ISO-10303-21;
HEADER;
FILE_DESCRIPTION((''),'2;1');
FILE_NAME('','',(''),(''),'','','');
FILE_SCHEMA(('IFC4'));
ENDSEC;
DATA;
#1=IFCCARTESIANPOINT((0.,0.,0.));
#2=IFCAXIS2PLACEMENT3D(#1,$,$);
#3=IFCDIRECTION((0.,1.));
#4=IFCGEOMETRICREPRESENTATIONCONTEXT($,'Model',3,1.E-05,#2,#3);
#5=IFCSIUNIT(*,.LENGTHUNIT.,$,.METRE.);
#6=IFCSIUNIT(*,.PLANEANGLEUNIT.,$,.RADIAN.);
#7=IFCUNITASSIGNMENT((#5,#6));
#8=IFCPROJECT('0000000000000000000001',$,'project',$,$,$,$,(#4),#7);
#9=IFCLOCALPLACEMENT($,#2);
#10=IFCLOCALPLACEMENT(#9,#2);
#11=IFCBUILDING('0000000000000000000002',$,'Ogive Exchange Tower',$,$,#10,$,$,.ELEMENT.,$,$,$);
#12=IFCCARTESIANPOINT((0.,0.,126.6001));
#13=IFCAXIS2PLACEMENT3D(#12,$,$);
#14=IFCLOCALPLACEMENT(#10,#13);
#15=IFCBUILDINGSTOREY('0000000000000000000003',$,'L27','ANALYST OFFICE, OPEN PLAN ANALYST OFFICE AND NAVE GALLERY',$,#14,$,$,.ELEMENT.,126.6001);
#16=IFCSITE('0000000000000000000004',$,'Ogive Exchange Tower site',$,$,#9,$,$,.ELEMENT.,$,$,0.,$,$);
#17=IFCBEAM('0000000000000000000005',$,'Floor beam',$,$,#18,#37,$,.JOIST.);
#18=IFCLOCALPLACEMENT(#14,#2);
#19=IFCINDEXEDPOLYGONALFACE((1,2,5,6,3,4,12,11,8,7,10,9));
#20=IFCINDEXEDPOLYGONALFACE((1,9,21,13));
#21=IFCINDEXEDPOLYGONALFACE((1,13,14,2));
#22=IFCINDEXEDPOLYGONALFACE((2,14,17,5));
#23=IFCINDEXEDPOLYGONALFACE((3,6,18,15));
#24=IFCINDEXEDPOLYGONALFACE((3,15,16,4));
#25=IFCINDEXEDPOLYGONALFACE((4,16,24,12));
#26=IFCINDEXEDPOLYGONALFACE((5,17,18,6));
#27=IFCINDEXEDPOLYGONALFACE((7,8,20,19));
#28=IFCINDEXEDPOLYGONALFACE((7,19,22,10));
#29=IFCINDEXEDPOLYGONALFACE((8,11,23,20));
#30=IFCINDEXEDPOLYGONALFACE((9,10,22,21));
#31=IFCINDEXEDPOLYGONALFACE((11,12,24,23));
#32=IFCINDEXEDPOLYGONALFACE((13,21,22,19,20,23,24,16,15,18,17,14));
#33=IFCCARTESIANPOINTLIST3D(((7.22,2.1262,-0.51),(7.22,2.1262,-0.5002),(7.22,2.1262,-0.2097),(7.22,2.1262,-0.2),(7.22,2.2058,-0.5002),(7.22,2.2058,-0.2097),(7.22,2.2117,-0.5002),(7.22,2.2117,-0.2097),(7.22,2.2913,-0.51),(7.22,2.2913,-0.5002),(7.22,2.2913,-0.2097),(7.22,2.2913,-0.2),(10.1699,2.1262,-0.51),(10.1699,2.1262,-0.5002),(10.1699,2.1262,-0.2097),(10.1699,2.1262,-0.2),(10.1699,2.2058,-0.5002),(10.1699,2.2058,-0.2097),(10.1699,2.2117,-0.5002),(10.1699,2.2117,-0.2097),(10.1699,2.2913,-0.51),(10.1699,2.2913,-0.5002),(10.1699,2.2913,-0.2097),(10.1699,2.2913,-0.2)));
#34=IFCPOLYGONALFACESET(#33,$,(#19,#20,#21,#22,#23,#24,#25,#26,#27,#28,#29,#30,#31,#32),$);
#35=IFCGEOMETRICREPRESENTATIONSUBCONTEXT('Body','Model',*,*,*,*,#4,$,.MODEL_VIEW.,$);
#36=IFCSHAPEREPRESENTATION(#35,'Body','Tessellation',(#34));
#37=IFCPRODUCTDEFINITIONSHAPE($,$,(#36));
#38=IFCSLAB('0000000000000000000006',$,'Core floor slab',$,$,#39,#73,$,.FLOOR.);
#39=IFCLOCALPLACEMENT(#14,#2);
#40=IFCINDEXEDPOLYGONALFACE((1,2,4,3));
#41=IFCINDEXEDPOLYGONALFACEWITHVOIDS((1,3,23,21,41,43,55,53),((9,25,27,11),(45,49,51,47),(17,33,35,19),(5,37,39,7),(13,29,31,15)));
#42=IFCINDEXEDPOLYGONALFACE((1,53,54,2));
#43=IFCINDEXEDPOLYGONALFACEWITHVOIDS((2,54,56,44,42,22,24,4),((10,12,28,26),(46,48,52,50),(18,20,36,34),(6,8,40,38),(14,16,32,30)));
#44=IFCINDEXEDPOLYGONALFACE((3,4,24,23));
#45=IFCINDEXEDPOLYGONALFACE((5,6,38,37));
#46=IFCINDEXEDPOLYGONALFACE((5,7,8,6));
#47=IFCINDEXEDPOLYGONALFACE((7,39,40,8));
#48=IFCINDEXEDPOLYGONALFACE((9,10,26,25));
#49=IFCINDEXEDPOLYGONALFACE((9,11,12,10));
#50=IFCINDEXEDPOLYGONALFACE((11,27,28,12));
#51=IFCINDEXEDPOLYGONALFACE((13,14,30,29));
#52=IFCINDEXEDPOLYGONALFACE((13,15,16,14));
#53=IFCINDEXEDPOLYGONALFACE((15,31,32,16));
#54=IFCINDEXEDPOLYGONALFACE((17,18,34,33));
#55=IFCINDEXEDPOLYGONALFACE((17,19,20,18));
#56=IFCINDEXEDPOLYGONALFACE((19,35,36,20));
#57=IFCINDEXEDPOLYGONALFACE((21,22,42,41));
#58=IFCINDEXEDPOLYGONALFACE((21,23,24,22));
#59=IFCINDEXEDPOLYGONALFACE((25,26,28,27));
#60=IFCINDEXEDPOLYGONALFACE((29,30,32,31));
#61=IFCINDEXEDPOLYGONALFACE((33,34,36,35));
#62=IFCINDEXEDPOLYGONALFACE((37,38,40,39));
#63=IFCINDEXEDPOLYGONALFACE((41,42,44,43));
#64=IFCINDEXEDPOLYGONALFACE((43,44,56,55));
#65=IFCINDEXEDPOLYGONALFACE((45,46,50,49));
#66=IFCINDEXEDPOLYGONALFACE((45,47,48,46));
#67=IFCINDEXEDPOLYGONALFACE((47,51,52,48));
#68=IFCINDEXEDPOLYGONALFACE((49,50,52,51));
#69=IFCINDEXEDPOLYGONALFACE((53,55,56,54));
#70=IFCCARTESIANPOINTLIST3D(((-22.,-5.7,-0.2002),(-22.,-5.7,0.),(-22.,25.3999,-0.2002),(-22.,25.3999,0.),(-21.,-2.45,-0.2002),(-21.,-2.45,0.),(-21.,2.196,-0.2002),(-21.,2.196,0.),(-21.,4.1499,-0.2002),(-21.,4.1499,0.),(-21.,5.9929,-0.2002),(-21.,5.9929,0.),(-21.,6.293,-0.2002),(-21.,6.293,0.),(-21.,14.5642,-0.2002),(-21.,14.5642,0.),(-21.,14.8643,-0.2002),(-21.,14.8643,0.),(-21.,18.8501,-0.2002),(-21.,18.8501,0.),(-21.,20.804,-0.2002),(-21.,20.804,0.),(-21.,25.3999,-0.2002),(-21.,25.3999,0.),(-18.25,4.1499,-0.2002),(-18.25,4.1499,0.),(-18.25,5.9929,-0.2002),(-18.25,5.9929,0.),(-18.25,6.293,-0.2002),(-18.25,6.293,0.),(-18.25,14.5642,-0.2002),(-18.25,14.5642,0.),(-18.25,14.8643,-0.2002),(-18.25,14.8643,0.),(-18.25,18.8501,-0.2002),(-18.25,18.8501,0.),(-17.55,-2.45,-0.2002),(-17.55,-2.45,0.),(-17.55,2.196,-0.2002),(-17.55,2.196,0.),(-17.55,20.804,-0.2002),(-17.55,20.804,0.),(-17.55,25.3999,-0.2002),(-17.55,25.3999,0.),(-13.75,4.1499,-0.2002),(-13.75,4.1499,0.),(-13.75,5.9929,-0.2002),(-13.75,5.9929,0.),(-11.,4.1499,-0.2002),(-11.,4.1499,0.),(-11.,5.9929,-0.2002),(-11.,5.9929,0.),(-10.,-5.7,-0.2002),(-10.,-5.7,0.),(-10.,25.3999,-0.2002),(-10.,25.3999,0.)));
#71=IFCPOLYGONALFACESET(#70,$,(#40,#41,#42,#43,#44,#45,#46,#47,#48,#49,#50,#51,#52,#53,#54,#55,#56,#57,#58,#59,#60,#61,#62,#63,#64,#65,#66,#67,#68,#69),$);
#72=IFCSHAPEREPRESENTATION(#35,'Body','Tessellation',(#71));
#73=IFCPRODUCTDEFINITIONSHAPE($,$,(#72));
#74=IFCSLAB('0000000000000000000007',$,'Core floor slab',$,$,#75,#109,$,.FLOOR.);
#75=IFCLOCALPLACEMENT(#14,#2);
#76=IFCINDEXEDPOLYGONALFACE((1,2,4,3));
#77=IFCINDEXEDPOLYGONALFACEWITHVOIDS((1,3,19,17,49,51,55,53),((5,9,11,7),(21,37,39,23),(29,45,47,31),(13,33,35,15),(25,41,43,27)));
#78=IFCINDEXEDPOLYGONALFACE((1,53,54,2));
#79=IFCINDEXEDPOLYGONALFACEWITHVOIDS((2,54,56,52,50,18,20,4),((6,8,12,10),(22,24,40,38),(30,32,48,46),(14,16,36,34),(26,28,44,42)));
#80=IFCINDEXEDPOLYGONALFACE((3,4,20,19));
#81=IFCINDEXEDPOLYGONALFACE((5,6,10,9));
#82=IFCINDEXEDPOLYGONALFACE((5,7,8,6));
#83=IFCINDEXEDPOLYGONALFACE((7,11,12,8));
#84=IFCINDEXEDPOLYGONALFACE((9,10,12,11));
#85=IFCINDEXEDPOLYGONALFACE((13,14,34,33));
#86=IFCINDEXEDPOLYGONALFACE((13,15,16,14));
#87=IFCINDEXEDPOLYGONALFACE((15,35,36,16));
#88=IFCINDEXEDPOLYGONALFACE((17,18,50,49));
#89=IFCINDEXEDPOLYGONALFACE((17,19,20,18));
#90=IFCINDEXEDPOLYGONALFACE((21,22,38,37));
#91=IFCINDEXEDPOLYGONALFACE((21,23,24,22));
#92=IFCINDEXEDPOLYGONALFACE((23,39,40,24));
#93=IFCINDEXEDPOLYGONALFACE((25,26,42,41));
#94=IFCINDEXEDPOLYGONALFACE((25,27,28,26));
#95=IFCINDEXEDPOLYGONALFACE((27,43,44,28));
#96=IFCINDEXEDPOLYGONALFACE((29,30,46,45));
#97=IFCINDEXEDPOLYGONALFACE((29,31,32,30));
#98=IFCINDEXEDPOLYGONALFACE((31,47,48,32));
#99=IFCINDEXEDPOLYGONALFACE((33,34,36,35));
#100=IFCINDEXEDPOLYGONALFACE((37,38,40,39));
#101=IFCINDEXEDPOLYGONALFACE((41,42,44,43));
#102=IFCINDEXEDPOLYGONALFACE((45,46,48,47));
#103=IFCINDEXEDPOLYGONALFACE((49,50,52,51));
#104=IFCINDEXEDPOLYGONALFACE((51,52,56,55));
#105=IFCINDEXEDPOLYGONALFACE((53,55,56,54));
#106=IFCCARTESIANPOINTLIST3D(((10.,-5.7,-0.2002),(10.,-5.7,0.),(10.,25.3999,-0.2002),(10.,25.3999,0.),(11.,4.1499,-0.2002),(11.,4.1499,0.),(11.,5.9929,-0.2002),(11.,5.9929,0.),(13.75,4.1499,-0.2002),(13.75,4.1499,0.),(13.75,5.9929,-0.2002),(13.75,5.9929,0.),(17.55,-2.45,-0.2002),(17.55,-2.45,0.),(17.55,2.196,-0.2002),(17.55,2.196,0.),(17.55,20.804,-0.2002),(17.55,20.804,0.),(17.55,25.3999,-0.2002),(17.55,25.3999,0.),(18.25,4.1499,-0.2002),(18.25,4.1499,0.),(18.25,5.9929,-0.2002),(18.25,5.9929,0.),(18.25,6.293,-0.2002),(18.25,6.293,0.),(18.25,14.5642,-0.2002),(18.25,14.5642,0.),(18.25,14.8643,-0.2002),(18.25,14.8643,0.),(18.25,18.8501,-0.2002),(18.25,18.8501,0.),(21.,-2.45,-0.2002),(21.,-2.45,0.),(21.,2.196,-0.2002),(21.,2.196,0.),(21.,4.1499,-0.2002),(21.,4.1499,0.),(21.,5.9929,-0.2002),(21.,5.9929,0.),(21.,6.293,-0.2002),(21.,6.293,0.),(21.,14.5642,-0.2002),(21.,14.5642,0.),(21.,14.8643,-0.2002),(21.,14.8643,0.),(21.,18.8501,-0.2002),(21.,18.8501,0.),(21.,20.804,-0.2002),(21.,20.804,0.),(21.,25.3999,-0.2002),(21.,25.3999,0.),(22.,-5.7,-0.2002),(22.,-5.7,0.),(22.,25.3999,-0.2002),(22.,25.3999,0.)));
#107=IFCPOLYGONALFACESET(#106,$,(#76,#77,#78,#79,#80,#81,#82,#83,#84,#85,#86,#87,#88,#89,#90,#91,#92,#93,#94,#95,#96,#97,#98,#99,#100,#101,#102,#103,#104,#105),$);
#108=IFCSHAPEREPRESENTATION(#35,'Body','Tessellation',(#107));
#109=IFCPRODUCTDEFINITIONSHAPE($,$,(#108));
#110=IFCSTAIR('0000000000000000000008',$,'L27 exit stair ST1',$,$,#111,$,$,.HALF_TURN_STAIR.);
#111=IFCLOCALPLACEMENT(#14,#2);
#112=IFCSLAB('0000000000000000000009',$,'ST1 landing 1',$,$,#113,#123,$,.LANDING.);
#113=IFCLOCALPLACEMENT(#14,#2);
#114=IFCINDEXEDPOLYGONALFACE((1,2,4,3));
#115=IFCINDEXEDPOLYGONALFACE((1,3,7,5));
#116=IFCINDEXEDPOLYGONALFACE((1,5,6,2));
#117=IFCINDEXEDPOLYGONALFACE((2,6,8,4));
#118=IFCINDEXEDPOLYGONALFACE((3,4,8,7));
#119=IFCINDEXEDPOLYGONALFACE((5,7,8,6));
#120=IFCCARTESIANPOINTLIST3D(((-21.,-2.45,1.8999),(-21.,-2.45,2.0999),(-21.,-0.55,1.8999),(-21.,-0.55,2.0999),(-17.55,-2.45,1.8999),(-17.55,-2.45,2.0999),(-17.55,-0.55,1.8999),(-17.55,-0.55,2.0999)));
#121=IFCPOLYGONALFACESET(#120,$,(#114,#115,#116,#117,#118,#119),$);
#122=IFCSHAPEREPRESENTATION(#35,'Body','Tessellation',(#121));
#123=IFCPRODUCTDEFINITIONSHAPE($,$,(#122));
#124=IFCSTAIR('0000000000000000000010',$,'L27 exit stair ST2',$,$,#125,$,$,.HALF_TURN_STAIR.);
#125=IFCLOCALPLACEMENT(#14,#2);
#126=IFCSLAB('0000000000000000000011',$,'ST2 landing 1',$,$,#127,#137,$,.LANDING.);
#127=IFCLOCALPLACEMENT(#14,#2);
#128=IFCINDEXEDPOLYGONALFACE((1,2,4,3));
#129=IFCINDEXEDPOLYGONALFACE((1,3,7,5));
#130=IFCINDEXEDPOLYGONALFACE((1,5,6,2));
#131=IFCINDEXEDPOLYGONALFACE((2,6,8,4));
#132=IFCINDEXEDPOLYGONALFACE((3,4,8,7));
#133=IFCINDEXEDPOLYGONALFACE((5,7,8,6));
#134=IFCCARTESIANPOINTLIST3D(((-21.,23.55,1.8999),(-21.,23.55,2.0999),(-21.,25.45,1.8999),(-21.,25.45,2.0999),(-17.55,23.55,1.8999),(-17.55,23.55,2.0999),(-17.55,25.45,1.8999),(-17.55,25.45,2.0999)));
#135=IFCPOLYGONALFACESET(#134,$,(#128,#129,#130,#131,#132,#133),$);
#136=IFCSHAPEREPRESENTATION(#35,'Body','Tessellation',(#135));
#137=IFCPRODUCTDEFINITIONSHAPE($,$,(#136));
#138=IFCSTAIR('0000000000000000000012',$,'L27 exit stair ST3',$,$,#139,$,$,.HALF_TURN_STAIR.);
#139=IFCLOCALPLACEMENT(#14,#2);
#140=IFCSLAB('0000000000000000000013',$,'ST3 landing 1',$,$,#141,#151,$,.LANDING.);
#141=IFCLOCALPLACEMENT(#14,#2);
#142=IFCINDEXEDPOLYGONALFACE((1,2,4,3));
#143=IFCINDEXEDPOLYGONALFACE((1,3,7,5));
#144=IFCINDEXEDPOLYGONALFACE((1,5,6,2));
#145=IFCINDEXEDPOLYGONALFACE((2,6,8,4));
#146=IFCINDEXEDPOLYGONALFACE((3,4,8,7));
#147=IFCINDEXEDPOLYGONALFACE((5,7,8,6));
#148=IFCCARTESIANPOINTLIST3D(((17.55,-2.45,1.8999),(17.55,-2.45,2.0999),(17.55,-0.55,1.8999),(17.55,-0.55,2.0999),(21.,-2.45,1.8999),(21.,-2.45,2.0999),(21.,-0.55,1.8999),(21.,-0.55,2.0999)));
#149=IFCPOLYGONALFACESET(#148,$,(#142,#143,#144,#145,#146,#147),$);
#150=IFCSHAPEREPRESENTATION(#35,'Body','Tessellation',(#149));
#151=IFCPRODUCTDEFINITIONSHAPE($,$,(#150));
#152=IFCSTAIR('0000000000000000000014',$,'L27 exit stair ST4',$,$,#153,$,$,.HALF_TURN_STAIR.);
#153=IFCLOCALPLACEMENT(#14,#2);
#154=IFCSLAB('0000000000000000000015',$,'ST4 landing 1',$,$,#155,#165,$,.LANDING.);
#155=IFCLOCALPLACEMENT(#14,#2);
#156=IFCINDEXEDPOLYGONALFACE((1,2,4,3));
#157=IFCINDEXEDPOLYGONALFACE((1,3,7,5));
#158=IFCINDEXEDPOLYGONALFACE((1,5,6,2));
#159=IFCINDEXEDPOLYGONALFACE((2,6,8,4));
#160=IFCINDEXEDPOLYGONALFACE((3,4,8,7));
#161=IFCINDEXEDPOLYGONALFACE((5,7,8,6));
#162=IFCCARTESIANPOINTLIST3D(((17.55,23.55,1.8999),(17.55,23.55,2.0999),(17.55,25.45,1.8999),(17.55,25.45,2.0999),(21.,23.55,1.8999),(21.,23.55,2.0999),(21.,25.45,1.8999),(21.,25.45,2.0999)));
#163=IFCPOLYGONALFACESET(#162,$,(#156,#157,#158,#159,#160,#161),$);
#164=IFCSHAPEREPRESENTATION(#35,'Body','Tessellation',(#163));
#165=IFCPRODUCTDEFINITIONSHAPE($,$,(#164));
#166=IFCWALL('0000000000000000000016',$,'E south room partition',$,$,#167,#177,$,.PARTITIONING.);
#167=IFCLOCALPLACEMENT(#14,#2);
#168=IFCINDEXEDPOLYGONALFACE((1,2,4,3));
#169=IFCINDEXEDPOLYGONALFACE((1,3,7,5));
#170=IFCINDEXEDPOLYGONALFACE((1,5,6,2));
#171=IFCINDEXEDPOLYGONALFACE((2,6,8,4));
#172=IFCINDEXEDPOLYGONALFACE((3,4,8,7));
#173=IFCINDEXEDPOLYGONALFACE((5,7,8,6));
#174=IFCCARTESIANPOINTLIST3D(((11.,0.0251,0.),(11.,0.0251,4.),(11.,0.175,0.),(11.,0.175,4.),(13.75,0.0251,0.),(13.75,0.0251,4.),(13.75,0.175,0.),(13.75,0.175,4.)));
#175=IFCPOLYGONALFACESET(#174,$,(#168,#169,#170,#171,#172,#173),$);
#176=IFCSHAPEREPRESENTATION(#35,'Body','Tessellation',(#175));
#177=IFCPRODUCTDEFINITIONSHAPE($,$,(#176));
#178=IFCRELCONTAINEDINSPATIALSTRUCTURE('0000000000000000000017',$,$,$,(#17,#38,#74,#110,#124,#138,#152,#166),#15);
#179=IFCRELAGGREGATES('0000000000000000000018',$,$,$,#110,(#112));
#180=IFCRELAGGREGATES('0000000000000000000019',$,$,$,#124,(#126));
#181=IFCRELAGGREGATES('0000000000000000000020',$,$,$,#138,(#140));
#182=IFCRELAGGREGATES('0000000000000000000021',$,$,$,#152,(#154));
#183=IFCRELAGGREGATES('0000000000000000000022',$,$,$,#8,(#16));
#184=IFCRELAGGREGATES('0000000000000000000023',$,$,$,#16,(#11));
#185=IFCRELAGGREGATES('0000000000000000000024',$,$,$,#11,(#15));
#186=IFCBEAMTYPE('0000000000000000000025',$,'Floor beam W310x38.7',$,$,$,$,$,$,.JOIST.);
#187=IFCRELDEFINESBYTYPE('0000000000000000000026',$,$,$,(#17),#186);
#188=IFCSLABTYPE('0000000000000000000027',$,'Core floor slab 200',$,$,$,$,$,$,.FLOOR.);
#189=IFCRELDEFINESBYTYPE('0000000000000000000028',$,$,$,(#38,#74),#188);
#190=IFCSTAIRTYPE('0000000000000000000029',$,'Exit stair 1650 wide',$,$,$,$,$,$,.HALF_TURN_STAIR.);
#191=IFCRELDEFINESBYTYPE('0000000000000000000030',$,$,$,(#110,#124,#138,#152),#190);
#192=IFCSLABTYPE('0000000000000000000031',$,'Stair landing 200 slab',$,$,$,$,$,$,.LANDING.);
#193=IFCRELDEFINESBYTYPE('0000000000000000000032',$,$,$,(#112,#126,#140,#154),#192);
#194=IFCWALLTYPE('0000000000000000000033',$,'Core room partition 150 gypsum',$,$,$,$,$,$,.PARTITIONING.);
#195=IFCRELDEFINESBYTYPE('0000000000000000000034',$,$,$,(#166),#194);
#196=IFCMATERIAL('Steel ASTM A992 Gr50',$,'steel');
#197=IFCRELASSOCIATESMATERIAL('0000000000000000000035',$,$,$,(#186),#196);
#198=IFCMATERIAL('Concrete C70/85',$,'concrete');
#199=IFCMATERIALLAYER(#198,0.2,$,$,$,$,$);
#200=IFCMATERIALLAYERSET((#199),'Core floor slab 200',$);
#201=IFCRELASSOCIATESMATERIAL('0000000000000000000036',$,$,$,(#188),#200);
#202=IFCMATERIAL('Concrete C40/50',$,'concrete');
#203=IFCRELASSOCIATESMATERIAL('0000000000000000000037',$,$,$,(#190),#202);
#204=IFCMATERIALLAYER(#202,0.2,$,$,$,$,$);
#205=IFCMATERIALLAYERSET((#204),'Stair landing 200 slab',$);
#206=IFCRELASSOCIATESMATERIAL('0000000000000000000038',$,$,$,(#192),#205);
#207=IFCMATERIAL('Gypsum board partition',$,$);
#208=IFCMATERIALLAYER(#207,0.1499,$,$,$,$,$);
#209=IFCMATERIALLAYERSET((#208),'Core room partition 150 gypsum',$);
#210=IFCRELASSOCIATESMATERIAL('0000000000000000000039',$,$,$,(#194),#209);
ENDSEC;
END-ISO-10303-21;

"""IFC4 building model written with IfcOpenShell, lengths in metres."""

from ifc_helpers import new_model, si_unit, direction, frame, frame_2d, origin, origin_2d, place, context, subcontext, project, spatial, polyline, rectangle, i_section, outline, extrude, material, layer, layer_set, material_profile, profile_set, type_object, element, aggregate, save


model = new_model("IFC4")

# Units and contexts
model_context = context("Model", 3, precision=1e-05, world=origin(), true_north=direction((0.0, 1.0)))
body_context = subcontext(model_context, "Body", "Model", "MODEL_VIEW")
ifc_project = project(units=[si_unit("LENGTHUNIT", "METRE"), si_unit("PLANEANGLEUNIT", "RADIAN")], contexts=[model_context])

# Site, building, storey
site_placement = place(None, origin())
site = spatial("IfcSite", under=ifc_project, at=site_placement, Name="Ogive Exchange Tower site", CompositionType="ELEMENT", RefElevation=0.0)
building_placement = place(site_placement, origin())
building = spatial("IfcBuilding", under=site, at=building_placement, Name="Ogive Exchange Tower", CompositionType="ELEMENT")
storey_placement = place(building_placement, frame((0.0, 0.0, 126.6001)))
storey = spatial("IfcBuildingStorey", under=building, at=storey_placement, Name="L27", Description="ANALYST OFFICE, OPEN PLAN ANALYST OFFICE AND NAVE GALLERY", CompositionType="ELEMENT", Elevation=126.6001)

# Beam
ifc_material_1 = material(Name="Steel ASTM A992 Gr50", Category="steel")
ifc_material_profile = material_profile(ifc_material_1, i_section(OverallWidth=0.165, OverallDepth=0.3101, WebThickness=0.0059, FlangeThickness=0.0098, at=origin_2d()), Name="W310x38.7")
ifc_profile_set = profile_set([ifc_material_profile], Name="Steel ASTM A992 Gr50")
beam_type = type_object("IfcBeamType", Name="Floor beam W310x38.7", PredefinedType="JOIST", material=ifc_profile_set)
beam_placement = place(storey_placement, frame((7.22, 2.2087, -0.355), z_axis=(1.0, 0.0, 0.0), x_axis=(0.0, 1.0, 0.0)))
element("IfcBeam", 1, at=beam_placement, inside=storey, type_object=beam_type, Name="Floor beam", PredefinedType="JOIST", context=body_context, shape_type="SweptSolid", body=[
    extrude(i_section(OverallWidth=0.165, OverallDepth=0.3101, WebThickness=0.0059, FlangeThickness=0.0098, at=origin_2d()), origin(), (0.0, 0.0, 1.0), 2.95),
])

# Slabs
ifc_material_2 = material(Name="Concrete C70/85", Category="concrete")
ifc_layer_1 = layer(ifc_material_2, 0.2)
ifc_layer_set_1 = layer_set([ifc_layer_1], Name="Core floor slab 200")
slab_type_1 = type_object("IfcSlabType", Name="Core floor slab 200", PredefinedType="FLOOR", material=ifc_layer_set_1)
slab_1_placement = place(storey_placement, frame((0.0, 0.0, -0.2002)))
element("IfcSlab", 2, at=slab_1_placement, inside=storey, type_object=slab_type_1, Name="Core floor slab", PredefinedType="FLOOR", context=body_context, shape_type="SweptSolid", body=[
    extrude(outline(polyline([(-10.0, 25.3999), (-10.0, -5.7), (-22.0, -5.7), (-22.0, 25.3999), (-21.0, 25.3999), (-21.0, 20.804), (-17.55, 20.804), (-17.55, 25.3999), (-10.0, 25.3999)]), holes=[polyline([(-17.55, 2.196), (-21.0, 2.196), (-21.0, -2.45), (-17.55, -2.45), (-17.55, 2.196)]), polyline([(-18.25, 5.9929), (-21.0, 5.9929), (-21.0, 4.1499), (-18.25, 4.1499), (-18.25, 5.9929)]), polyline([(-11.0, 5.9929), (-13.75, 5.9929), (-13.75, 4.1499), (-11.0, 4.1499), (-11.0, 5.9929)]), polyline([(-21.0, 14.5642), (-21.0, 6.293), (-18.25, 6.293), (-18.25, 14.5642), (-21.0, 14.5642)]), polyline([(-18.25, 18.8501), (-21.0, 18.8501), (-21.0, 14.8643), (-18.25, 14.8643), (-18.25, 18.8501)])]), origin(), (0.0, 0.0, 1.0), 0.2002),
])
slab_2_placement = place(storey_placement, frame((0.0, 0.0, -0.2002)))
element("IfcSlab", 3, at=slab_2_placement, inside=storey, type_object=slab_type_1, Name="Core floor slab", PredefinedType="FLOOR", context=body_context, shape_type="SweptSolid", body=[
    extrude(outline(polyline([(22.0, 25.3999), (22.0, -5.7), (10.0, -5.7), (10.0, 25.3999), (17.55, 25.3999), (17.55, 20.804), (21.0, 20.804), (21.0, 25.3999), (22.0, 25.3999)]), holes=[polyline([(21.0, 2.196), (17.55, 2.196), (17.55, -2.45), (21.0, -2.45), (21.0, 2.196)]), polyline([(13.75, 5.9929), (11.0, 5.9929), (11.0, 4.1499), (13.75, 4.1499), (13.75, 5.9929)]), polyline([(21.0, 5.9929), (18.25, 5.9929), (18.25, 4.1499), (21.0, 4.1499), (21.0, 5.9929)]), polyline([(18.25, 14.5642), (18.25, 6.293), (21.0, 6.293), (21.0, 14.5642), (18.25, 14.5642)]), polyline([(21.0, 18.8501), (18.25, 18.8501), (18.25, 14.8643), (21.0, 14.8643), (21.0, 18.8501)])]), origin(), (0.0, 0.0, 1.0), 0.2002),
])

# Stairs, slabs
ifc_material_3 = material(Name="Concrete C40/50", Category="concrete")
stair_type = type_object("IfcStairType", Name="Exit stair 1650 wide", PredefinedType="HALF_TURN_STAIR", material=ifc_material_3)
stair_1_placement = place(storey_placement, origin())
stair_1 = element("IfcStair", 4, at=stair_1_placement, inside=storey, type_object=stair_type, Name="L27 exit stair ST1", PredefinedType="HALF_TURN_STAIR")
ifc_layer_2 = layer(ifc_material_3, 0.2)
ifc_layer_set_2 = layer_set([ifc_layer_2], Name="Stair landing 200 slab")
slab_type_2 = type_object("IfcSlabType", Name="Stair landing 200 slab", PredefinedType="LANDING", material=ifc_layer_set_2)
slab_3_placement = place(storey_placement, frame((0.0, 0.0, 1.8999)))
slab_3 = element("IfcSlab", 5, at=slab_3_placement, type_object=slab_type_2, Name="ST1 landing 1", PredefinedType="LANDING", context=body_context, shape_type="SweptSolid", body=[
    extrude(outline(polyline([(-21.0, -0.55), (-21.0, -2.45), (-17.55, -2.45), (-17.55, -0.55), (-21.0, -0.55)])), origin(), (0.0, 0.0, 1.0), 0.2),
])
aggregate(stair_1, [slab_3])
stair_2_placement = place(storey_placement, origin())
stair_2 = element("IfcStair", 6, at=stair_2_placement, inside=storey, type_object=stair_type, Name="L27 exit stair ST2", PredefinedType="HALF_TURN_STAIR")
slab_4_placement = place(storey_placement, frame((0.0, 0.0, 1.8999)))
slab_4 = element("IfcSlab", 7, at=slab_4_placement, type_object=slab_type_2, Name="ST2 landing 1", PredefinedType="LANDING", context=body_context, shape_type="SweptSolid", body=[
    extrude(outline(polyline([(-17.55, 23.55), (-17.55, 25.45), (-21.0, 25.45), (-21.0, 23.55), (-17.55, 23.55)])), origin(), (0.0, 0.0, 1.0), 0.2),
])
aggregate(stair_2, [slab_4])
stair_3_placement = place(storey_placement, origin())
stair_3 = element("IfcStair", 8, at=stair_3_placement, inside=storey, type_object=stair_type, Name="L27 exit stair ST3", PredefinedType="HALF_TURN_STAIR")
slab_5_placement = place(storey_placement, frame((0.0, 0.0, 1.8999)))
slab_5 = element("IfcSlab", 9, at=slab_5_placement, type_object=slab_type_2, Name="ST3 landing 1", PredefinedType="LANDING", context=body_context, shape_type="SweptSolid", body=[
    extrude(outline(polyline([(17.55, -0.55), (17.55, -2.45), (21.0, -2.45), (21.0, -0.55), (17.55, -0.55)])), origin(), (0.0, 0.0, 1.0), 0.2),
])
aggregate(stair_3, [slab_5])
stair_4_placement = place(storey_placement, origin())
stair_4 = element("IfcStair", 10, at=stair_4_placement, inside=storey, type_object=stair_type, Name="L27 exit stair ST4", PredefinedType="HALF_TURN_STAIR")
slab_6_placement = place(storey_placement, frame((0.0, 0.0, 1.8999)))
slab_6 = element("IfcSlab", 11, at=slab_6_placement, type_object=slab_type_2, Name="ST4 landing 1", PredefinedType="LANDING", context=body_context, shape_type="SweptSolid", body=[
    extrude(outline(polyline([(21.0, 23.55), (21.0, 25.45), (17.55, 25.45), (17.55, 23.55), (21.0, 23.55)])), origin(), (0.0, 0.0, 1.0), 0.2),
])
aggregate(stair_4, [slab_6])

# Wall
ifc_material_4 = material(Name="Gypsum board partition")
ifc_layer_3 = layer(ifc_material_4, 0.1499)
ifc_layer_set_3 = layer_set([ifc_layer_3], Name="Core room partition 150 gypsum")
wall_type_1 = type_object("IfcWallType", Name="Core room partition 150 gypsum", PredefinedType="PARTITIONING", material=ifc_layer_set_3)
wall_1_placement = place(storey_placement, frame((11.0, 0.1001, 0.0), z_axis=(0.0, 0.0, 1.0), x_axis=(1.0, 0.0, 0.0)))
element("IfcWall", 12, at=wall_1_placement, inside=storey, type_object=wall_type_1, Name="E south room partition", PredefinedType="PARTITIONING", context=body_context, shape_type="SweptSolid", body=[
    extrude(rectangle(XDim=2.75, YDim=0.1499, at=frame_2d((1.375, 0.0))), origin(), (0.0, 0.0, 1.0), 4.0),
])

save(model, "model.ifc")
